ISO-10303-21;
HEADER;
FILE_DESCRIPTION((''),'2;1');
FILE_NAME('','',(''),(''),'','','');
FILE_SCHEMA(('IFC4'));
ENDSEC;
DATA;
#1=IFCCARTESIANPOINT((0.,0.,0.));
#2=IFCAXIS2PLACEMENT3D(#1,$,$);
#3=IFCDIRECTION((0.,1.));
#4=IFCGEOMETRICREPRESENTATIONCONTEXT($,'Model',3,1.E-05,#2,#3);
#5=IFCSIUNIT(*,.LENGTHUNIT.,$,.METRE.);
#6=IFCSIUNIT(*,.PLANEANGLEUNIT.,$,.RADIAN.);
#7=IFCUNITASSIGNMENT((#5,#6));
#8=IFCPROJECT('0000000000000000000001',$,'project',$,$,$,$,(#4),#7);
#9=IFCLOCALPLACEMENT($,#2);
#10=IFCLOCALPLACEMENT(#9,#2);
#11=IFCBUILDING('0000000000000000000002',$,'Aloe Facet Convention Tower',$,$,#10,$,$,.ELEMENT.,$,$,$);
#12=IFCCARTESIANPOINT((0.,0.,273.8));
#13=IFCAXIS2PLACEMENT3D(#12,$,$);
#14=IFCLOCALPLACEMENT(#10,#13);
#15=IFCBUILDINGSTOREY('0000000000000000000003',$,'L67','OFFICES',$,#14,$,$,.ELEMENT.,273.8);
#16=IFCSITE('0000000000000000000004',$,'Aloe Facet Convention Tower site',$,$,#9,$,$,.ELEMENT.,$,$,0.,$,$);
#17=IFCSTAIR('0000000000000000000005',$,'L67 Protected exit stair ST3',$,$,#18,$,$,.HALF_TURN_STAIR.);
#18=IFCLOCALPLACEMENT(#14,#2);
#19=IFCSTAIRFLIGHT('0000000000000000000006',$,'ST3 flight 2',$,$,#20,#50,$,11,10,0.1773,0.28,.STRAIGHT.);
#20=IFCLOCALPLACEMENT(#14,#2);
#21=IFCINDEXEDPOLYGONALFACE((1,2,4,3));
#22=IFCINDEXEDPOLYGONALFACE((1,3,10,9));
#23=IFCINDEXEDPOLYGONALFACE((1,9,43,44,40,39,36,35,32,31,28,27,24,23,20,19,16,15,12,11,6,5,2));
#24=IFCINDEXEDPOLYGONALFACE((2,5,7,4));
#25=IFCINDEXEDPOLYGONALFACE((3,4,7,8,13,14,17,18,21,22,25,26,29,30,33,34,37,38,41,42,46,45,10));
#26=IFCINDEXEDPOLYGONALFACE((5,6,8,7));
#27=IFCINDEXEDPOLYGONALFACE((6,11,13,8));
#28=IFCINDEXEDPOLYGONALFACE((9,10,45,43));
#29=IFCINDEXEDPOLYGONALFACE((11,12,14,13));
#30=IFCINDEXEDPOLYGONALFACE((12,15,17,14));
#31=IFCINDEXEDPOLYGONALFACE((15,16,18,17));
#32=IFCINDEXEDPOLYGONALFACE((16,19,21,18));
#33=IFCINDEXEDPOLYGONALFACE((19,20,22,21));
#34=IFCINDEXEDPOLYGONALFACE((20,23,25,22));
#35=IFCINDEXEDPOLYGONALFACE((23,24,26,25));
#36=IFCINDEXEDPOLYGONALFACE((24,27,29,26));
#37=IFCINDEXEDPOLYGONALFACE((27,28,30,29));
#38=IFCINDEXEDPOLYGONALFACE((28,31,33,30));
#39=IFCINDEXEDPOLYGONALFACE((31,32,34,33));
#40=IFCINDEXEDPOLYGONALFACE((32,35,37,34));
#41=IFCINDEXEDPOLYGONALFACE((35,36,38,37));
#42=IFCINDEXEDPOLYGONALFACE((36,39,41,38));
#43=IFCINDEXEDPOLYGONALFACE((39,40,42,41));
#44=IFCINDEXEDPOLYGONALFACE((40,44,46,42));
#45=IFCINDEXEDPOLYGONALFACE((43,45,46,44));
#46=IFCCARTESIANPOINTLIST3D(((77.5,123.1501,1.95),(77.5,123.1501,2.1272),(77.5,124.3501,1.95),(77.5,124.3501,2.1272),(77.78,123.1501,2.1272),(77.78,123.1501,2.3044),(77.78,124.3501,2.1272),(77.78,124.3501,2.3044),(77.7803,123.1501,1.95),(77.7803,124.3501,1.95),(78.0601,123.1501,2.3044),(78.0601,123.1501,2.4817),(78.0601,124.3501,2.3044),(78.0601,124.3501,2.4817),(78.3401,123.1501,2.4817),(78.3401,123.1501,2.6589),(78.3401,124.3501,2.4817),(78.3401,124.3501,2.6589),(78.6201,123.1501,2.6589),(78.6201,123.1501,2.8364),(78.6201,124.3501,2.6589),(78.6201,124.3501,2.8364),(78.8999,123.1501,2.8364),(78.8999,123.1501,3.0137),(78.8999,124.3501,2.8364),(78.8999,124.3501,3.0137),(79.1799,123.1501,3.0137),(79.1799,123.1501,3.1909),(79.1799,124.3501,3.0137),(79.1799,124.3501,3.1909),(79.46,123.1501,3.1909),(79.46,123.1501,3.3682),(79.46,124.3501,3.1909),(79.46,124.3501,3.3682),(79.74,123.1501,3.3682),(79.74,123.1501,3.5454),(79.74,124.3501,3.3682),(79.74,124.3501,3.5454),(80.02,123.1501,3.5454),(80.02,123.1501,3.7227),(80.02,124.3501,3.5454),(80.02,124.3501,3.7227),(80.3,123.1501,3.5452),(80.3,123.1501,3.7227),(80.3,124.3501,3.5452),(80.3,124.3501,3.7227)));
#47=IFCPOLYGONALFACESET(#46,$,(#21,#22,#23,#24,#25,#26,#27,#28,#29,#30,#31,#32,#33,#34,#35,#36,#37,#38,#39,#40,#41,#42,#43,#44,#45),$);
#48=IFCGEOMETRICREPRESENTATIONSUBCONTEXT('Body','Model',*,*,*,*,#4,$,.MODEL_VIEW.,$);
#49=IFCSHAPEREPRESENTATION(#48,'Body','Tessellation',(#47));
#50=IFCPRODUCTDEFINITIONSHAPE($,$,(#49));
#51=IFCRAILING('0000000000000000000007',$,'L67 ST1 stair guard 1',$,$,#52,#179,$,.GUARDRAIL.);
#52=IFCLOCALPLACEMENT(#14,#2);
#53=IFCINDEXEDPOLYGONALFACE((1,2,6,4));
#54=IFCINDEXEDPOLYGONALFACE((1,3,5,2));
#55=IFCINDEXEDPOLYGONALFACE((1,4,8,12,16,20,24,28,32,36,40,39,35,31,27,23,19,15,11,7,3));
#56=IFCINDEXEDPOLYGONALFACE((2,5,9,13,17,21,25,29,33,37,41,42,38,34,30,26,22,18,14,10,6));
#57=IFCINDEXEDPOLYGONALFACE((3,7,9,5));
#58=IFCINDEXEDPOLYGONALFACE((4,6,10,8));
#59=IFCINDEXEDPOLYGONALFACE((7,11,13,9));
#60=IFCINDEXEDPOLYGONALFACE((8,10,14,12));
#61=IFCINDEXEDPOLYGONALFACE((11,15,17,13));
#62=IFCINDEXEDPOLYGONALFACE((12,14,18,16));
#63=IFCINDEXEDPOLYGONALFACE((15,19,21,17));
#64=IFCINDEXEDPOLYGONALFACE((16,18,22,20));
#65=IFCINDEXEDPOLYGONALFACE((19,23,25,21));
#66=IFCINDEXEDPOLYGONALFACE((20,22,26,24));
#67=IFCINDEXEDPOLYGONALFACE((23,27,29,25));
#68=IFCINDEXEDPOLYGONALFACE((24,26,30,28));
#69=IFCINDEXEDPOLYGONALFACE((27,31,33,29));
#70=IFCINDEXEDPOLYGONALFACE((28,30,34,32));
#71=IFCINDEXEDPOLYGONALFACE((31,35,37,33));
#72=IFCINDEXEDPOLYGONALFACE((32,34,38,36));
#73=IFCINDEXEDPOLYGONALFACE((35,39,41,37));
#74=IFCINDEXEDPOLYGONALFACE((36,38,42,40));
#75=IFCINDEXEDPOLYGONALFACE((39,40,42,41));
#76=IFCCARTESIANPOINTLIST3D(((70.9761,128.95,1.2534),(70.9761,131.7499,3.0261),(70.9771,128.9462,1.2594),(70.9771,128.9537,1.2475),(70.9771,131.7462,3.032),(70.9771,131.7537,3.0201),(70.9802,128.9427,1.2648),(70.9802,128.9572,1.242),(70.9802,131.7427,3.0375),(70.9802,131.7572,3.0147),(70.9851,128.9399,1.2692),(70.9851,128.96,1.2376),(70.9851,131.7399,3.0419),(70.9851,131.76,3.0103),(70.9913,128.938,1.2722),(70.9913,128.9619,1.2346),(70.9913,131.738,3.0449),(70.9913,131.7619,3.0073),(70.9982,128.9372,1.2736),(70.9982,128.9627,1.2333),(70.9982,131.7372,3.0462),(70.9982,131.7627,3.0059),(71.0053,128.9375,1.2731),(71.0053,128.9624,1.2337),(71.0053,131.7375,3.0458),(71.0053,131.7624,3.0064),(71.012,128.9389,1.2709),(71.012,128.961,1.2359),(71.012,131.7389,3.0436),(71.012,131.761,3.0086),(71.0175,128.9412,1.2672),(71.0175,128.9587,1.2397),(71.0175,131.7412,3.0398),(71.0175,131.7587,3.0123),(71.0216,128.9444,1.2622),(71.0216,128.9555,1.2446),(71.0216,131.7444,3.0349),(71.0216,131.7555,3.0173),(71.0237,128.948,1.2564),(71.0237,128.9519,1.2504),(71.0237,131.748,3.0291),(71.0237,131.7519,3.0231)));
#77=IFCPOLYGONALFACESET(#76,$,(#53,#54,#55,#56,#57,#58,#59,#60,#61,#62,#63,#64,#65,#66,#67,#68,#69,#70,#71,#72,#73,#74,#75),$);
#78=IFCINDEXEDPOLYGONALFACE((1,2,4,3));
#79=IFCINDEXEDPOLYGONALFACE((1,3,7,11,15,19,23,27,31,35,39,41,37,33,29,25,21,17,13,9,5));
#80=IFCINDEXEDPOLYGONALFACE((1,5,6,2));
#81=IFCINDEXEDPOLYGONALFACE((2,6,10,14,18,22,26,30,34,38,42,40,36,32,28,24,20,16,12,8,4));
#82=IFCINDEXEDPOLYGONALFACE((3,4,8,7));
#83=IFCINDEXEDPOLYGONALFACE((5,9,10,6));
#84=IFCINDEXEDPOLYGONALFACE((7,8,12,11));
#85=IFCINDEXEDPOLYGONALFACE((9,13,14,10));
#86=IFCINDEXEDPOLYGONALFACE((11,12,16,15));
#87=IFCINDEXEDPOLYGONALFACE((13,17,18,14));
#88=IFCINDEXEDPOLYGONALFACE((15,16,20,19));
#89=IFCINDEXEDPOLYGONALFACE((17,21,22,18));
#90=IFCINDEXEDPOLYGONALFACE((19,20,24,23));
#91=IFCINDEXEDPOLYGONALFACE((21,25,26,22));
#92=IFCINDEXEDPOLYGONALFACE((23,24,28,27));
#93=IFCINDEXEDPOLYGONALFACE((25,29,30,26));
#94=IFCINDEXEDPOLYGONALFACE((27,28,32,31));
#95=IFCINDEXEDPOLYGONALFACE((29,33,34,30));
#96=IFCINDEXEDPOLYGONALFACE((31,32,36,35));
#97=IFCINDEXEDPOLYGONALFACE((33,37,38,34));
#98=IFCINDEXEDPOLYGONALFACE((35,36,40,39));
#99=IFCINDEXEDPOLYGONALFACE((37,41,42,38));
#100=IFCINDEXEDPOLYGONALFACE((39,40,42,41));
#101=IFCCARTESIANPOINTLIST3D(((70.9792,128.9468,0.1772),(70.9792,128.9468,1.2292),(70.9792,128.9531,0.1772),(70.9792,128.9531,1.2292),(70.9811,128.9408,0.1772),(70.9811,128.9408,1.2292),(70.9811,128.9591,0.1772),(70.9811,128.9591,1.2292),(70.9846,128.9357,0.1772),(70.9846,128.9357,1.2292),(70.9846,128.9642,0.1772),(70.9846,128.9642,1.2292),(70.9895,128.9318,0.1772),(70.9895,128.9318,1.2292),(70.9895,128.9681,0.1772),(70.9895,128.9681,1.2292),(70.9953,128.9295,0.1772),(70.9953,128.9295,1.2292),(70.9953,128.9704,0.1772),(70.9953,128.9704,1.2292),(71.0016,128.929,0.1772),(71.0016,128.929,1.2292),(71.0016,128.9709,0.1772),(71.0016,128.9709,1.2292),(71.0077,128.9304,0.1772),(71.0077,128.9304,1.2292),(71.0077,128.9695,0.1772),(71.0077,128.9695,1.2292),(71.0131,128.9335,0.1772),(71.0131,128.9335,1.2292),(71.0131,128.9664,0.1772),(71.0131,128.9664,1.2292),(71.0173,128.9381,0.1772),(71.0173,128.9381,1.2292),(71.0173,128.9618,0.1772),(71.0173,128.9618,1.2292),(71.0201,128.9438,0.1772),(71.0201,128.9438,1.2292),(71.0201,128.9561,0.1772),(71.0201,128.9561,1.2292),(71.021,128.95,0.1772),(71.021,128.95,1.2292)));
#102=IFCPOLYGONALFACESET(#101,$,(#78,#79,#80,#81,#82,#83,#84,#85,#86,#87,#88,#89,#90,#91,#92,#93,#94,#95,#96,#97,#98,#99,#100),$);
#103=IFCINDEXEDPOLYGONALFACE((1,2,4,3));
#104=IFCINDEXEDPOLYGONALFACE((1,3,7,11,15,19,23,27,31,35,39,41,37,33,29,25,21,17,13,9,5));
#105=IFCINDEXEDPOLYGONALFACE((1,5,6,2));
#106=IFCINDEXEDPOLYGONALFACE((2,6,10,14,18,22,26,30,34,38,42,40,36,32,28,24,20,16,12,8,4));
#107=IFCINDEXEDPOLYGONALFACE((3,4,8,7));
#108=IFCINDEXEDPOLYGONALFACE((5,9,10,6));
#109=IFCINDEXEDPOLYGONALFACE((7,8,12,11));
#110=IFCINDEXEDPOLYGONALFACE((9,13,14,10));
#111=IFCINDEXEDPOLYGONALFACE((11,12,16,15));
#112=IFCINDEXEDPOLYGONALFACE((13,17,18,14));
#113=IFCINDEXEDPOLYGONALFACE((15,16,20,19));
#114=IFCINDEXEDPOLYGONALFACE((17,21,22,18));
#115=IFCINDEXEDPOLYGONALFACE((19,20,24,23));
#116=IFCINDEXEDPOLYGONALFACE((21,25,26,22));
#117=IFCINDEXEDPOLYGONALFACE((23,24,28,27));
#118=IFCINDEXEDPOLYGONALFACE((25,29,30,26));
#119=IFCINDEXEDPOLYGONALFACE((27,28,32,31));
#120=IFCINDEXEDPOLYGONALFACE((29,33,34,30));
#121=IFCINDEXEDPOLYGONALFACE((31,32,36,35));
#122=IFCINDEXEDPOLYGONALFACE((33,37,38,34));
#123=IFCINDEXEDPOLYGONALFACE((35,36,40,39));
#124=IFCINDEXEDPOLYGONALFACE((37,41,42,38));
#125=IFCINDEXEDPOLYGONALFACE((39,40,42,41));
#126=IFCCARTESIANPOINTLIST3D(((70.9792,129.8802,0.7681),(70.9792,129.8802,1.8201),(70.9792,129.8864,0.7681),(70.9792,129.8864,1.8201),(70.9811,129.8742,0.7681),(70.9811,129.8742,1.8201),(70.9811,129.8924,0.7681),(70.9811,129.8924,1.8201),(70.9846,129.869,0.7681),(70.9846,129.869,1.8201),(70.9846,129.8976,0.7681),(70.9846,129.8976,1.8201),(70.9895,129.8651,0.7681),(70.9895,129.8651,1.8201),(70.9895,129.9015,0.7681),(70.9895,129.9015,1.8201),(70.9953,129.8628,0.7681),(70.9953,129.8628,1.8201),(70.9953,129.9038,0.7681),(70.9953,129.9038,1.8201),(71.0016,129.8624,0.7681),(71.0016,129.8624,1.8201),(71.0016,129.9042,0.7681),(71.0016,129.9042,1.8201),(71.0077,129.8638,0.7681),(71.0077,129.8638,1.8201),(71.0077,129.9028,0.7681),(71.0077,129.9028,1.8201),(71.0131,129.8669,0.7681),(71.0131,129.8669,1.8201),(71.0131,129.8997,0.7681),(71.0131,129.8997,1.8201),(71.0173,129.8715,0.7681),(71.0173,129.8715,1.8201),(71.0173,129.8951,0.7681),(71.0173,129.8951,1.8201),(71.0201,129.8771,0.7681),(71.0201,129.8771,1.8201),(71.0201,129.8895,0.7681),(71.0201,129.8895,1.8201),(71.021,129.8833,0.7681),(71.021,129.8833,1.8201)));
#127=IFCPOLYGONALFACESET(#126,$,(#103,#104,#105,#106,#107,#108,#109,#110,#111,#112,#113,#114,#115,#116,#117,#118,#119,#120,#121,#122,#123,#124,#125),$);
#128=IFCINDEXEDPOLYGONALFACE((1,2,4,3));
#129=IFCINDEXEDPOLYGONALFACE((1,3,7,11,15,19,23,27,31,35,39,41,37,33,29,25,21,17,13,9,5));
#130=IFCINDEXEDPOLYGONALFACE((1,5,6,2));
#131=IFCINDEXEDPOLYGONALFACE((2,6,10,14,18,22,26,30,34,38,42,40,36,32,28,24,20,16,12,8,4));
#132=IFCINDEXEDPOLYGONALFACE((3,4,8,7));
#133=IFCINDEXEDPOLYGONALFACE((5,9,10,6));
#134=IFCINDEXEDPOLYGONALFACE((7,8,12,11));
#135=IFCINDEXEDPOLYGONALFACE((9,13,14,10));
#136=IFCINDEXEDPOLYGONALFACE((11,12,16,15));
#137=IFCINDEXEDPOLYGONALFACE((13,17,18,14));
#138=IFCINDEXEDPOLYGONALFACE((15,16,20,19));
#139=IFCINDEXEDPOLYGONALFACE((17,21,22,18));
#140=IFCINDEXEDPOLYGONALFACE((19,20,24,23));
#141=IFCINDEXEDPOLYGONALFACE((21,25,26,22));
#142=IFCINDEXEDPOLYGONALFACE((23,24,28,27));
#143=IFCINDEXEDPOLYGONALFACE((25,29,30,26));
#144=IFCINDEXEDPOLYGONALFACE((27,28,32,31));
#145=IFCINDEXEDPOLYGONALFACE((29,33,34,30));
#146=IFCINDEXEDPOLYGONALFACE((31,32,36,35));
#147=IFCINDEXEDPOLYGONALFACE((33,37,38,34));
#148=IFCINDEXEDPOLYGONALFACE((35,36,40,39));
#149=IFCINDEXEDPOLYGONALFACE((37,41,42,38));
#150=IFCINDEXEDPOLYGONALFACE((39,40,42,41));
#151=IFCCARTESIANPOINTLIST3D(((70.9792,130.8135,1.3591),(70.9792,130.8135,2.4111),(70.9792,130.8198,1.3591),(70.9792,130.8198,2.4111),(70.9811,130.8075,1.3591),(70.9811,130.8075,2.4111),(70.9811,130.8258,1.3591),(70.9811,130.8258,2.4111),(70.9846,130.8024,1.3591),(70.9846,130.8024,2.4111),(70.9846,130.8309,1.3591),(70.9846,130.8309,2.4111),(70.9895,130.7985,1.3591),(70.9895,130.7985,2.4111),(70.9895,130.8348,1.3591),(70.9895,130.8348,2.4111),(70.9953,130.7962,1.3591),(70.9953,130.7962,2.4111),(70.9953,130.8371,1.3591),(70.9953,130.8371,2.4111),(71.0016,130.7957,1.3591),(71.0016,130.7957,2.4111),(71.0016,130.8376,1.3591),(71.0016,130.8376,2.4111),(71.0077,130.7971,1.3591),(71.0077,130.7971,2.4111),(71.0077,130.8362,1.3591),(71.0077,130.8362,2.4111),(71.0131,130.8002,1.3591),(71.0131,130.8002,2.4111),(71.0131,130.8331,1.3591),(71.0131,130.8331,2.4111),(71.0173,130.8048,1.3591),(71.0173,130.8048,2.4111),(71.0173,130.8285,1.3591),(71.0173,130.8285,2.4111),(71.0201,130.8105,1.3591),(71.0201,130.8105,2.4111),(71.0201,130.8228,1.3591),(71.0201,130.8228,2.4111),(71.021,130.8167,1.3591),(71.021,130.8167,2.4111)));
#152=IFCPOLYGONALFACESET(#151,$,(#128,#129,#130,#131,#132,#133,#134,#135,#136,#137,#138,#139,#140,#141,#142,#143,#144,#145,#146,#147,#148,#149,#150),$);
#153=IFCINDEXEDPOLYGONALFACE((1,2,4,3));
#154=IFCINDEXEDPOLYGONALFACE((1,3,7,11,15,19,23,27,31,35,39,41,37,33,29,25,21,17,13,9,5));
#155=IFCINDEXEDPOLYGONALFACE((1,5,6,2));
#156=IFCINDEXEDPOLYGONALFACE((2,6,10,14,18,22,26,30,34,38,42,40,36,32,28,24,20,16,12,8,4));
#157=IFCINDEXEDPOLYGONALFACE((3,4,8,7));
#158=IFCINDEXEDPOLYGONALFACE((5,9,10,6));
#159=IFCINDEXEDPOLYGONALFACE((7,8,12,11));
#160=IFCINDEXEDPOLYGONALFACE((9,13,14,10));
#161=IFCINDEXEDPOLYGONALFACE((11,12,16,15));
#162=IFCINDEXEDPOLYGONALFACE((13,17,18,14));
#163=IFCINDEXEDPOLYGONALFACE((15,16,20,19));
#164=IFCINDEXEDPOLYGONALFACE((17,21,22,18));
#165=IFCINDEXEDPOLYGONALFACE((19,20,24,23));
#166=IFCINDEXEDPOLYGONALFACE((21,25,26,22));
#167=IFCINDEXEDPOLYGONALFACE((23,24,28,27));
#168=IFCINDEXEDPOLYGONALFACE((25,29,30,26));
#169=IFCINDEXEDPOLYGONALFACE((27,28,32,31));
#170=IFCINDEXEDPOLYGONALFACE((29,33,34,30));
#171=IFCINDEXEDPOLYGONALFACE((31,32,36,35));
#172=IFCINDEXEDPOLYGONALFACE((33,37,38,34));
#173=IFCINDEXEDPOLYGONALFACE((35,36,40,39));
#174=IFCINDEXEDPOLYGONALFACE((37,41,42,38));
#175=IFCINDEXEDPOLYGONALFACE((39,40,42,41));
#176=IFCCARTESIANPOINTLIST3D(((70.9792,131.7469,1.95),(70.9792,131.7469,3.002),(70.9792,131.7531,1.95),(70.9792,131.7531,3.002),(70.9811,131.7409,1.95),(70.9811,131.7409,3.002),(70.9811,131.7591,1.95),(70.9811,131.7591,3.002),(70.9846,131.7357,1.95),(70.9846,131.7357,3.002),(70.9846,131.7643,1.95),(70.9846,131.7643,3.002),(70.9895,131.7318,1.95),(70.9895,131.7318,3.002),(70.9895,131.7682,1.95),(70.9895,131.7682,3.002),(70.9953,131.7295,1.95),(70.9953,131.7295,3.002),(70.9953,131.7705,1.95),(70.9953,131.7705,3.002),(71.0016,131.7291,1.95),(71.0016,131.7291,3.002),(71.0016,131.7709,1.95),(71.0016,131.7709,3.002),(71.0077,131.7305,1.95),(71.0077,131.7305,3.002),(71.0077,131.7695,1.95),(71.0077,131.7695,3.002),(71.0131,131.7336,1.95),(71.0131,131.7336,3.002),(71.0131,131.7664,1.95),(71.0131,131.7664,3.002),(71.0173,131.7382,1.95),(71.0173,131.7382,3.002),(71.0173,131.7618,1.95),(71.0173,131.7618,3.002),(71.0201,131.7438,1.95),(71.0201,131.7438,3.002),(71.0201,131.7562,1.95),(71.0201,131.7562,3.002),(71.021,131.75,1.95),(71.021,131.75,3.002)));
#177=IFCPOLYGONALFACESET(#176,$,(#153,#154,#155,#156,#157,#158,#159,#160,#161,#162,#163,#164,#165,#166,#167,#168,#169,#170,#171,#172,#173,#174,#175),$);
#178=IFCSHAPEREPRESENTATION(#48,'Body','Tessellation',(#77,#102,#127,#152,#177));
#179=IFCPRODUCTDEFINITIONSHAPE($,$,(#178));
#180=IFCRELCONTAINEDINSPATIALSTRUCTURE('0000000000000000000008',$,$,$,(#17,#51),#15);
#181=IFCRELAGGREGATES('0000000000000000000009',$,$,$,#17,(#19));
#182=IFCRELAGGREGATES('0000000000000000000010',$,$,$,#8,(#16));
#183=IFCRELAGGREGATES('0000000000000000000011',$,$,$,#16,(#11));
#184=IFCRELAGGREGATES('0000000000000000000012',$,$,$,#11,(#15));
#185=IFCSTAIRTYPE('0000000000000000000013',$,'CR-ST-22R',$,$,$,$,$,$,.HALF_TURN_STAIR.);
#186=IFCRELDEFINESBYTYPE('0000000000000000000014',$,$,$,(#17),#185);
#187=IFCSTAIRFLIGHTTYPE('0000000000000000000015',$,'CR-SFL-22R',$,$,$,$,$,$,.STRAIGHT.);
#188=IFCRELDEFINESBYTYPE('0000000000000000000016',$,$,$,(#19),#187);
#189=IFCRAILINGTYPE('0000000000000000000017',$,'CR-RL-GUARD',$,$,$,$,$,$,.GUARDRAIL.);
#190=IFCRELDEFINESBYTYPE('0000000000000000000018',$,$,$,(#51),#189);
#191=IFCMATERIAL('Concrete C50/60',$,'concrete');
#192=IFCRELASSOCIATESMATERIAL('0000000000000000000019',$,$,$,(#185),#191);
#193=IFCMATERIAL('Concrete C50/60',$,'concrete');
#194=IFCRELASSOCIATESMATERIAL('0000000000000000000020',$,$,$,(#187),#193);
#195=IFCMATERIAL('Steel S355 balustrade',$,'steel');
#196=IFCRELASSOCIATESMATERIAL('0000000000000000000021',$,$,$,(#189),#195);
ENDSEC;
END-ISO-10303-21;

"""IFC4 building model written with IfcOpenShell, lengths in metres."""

from ifc_helpers import new_model, si_unit, direction, frame, origin, origin_2d, place, context, subcontext, project, spatial, polyline, circle, outline, extrude, material, type_object, element, aggregate, save


model = new_model("IFC4")

# Units and contexts
model_context = context("Model", 3, precision=1e-05, world=origin(), true_north=direction((0.0, 1.0)))
body_context = subcontext(model_context, "Body", "Model", "MODEL_VIEW")
ifc_project = project(units=[si_unit("LENGTHUNIT", "METRE"), si_unit("PLANEANGLEUNIT", "RADIAN")], contexts=[model_context])

# Site, building, storey
site_placement = place(None, origin())
site = spatial("IfcSite", under=ifc_project, at=site_placement, Name="Aloe Facet Convention Tower site", CompositionType="ELEMENT", RefElevation=0.0)
building_placement = place(site_placement, origin())
building = spatial("IfcBuilding", under=site, at=building_placement, Name="Aloe Facet Convention Tower", CompositionType="ELEMENT")
storey_placement = place(building_placement, frame((0.0, 0.0, 273.8)))
storey = spatial("IfcBuildingStorey", under=building, at=storey_placement, Name="L67", Description="OFFICES", CompositionType="ELEMENT", Elevation=273.8)

# Stair, stair flight
ifc_material_1 = material(Name="Concrete C50/60", Category="concrete")
stair_type = type_object("IfcStairType", Name="CR-ST-22R", PredefinedType="HALF_TURN_STAIR", material=ifc_material_1)
ifc_material_2 = material(Name="Concrete C50/60", Category="concrete")
stair_flight_type = type_object("IfcStairFlightType", Name="CR-SFL-22R", PredefinedType="STRAIGHT", material=ifc_material_2)
stair_1_placement = place(storey_placement, origin())
stair_1 = element("IfcStair", 1, at=stair_1_placement, inside=storey, type_object=stair_type, Name="L67 Protected exit stair ST3", PredefinedType="HALF_TURN_STAIR")
stair_flight_1_placement = place(storey_placement, frame((77.5, 123.75, 1.95), z_axis=(0.0, 0.0, 1.0), x_axis=(1.0, 0.0, 0.0)))
stair_flight_1 = element("IfcStairFlight", 2, at=stair_flight_1_placement, type_object=stair_flight_type, Name="ST3 flight 2", NumberOfRisers=11, NumberOfTreads=10, PredefinedType="STRAIGHT", RiserHeight=0.1773, TreadLength=0.28, context=body_context, shape_type="SweptSolid", body=[
    extrude(outline(polyline([(0.0, 0.0), (0.0, 0.1772), (0.28, 0.1772), (0.28, 0.3545), (0.5601, 0.3545), (0.5601, 0.5317), (0.8401, 0.5317), (0.8401, 0.709), (1.1201, 0.709), (1.1201, 0.8865), (1.3999, 0.8865), (1.3999, 1.0637), (1.6799, 1.0637), (1.6799, 1.241), (1.96, 1.241), (1.96, 1.4182), (2.24, 1.4182), (2.24, 1.5955), (2.52, 1.5955), (2.52, 1.7727), (2.8, 1.7727), (2.8, 1.95), (2.8, 1.5952), (0.2803, 0.0), (0.0, 0.0)])), frame((0.0, 0.6001, 0.0), z_axis=(0.0, -1.0, 0.0), x_axis=(1.0, 0.0, 0.0)), (0.0, 0.0, 1.0), 1.2),
])
aggregate(stair_1, [stair_flight_1])

# Railing
ifc_material_3 = material(Name="Steel S355 balustrade", Category="steel")
railing_type_1 = type_object("IfcRailingType", Name="CR-RL-GUARD", PredefinedType="GUARDRAIL", material=ifc_material_3)
railing_1_placement = place(storey_placement, frame((71.0, 128.95, 0.1772)))
element("IfcRailing", 3, at=railing_1_placement, inside=storey, type_object=railing_type_1, Name="L67 ST1 stair guard 1", PredefinedType="GUARDRAIL", context=body_context, shape_type="SweptSolid", body=[
    extrude(circle(Radius=0.0239, at=origin_2d()), frame((0.0, 0.0, 1.0762), z_axis=(0.0, 0.844909, 0.53491), x_axis=(-1.0, 0.0, 0.0)), (0.0, 0.0, 1.0), 3.314),
    extrude(circle(Radius=0.021, at=origin_2d()), origin(), (0.0, 0.0, 1.0), 1.052),
    extrude(circle(Radius=0.021, at=origin_2d()), frame((0.0, 0.9333, 0.5908)), (0.0, 0.0, 1.0), 1.052),
    extrude(circle(Radius=0.021, at=origin_2d()), frame((0.0, 1.8667, 1.1819)), (0.0, 0.0, 1.0), 1.052),
    extrude(circle(Radius=0.021, at=origin_2d()), frame((0.0, 2.8, 1.7727)), (0.0, 0.0, 1.0), 1.052),
])

save(model, "model.ifc")
